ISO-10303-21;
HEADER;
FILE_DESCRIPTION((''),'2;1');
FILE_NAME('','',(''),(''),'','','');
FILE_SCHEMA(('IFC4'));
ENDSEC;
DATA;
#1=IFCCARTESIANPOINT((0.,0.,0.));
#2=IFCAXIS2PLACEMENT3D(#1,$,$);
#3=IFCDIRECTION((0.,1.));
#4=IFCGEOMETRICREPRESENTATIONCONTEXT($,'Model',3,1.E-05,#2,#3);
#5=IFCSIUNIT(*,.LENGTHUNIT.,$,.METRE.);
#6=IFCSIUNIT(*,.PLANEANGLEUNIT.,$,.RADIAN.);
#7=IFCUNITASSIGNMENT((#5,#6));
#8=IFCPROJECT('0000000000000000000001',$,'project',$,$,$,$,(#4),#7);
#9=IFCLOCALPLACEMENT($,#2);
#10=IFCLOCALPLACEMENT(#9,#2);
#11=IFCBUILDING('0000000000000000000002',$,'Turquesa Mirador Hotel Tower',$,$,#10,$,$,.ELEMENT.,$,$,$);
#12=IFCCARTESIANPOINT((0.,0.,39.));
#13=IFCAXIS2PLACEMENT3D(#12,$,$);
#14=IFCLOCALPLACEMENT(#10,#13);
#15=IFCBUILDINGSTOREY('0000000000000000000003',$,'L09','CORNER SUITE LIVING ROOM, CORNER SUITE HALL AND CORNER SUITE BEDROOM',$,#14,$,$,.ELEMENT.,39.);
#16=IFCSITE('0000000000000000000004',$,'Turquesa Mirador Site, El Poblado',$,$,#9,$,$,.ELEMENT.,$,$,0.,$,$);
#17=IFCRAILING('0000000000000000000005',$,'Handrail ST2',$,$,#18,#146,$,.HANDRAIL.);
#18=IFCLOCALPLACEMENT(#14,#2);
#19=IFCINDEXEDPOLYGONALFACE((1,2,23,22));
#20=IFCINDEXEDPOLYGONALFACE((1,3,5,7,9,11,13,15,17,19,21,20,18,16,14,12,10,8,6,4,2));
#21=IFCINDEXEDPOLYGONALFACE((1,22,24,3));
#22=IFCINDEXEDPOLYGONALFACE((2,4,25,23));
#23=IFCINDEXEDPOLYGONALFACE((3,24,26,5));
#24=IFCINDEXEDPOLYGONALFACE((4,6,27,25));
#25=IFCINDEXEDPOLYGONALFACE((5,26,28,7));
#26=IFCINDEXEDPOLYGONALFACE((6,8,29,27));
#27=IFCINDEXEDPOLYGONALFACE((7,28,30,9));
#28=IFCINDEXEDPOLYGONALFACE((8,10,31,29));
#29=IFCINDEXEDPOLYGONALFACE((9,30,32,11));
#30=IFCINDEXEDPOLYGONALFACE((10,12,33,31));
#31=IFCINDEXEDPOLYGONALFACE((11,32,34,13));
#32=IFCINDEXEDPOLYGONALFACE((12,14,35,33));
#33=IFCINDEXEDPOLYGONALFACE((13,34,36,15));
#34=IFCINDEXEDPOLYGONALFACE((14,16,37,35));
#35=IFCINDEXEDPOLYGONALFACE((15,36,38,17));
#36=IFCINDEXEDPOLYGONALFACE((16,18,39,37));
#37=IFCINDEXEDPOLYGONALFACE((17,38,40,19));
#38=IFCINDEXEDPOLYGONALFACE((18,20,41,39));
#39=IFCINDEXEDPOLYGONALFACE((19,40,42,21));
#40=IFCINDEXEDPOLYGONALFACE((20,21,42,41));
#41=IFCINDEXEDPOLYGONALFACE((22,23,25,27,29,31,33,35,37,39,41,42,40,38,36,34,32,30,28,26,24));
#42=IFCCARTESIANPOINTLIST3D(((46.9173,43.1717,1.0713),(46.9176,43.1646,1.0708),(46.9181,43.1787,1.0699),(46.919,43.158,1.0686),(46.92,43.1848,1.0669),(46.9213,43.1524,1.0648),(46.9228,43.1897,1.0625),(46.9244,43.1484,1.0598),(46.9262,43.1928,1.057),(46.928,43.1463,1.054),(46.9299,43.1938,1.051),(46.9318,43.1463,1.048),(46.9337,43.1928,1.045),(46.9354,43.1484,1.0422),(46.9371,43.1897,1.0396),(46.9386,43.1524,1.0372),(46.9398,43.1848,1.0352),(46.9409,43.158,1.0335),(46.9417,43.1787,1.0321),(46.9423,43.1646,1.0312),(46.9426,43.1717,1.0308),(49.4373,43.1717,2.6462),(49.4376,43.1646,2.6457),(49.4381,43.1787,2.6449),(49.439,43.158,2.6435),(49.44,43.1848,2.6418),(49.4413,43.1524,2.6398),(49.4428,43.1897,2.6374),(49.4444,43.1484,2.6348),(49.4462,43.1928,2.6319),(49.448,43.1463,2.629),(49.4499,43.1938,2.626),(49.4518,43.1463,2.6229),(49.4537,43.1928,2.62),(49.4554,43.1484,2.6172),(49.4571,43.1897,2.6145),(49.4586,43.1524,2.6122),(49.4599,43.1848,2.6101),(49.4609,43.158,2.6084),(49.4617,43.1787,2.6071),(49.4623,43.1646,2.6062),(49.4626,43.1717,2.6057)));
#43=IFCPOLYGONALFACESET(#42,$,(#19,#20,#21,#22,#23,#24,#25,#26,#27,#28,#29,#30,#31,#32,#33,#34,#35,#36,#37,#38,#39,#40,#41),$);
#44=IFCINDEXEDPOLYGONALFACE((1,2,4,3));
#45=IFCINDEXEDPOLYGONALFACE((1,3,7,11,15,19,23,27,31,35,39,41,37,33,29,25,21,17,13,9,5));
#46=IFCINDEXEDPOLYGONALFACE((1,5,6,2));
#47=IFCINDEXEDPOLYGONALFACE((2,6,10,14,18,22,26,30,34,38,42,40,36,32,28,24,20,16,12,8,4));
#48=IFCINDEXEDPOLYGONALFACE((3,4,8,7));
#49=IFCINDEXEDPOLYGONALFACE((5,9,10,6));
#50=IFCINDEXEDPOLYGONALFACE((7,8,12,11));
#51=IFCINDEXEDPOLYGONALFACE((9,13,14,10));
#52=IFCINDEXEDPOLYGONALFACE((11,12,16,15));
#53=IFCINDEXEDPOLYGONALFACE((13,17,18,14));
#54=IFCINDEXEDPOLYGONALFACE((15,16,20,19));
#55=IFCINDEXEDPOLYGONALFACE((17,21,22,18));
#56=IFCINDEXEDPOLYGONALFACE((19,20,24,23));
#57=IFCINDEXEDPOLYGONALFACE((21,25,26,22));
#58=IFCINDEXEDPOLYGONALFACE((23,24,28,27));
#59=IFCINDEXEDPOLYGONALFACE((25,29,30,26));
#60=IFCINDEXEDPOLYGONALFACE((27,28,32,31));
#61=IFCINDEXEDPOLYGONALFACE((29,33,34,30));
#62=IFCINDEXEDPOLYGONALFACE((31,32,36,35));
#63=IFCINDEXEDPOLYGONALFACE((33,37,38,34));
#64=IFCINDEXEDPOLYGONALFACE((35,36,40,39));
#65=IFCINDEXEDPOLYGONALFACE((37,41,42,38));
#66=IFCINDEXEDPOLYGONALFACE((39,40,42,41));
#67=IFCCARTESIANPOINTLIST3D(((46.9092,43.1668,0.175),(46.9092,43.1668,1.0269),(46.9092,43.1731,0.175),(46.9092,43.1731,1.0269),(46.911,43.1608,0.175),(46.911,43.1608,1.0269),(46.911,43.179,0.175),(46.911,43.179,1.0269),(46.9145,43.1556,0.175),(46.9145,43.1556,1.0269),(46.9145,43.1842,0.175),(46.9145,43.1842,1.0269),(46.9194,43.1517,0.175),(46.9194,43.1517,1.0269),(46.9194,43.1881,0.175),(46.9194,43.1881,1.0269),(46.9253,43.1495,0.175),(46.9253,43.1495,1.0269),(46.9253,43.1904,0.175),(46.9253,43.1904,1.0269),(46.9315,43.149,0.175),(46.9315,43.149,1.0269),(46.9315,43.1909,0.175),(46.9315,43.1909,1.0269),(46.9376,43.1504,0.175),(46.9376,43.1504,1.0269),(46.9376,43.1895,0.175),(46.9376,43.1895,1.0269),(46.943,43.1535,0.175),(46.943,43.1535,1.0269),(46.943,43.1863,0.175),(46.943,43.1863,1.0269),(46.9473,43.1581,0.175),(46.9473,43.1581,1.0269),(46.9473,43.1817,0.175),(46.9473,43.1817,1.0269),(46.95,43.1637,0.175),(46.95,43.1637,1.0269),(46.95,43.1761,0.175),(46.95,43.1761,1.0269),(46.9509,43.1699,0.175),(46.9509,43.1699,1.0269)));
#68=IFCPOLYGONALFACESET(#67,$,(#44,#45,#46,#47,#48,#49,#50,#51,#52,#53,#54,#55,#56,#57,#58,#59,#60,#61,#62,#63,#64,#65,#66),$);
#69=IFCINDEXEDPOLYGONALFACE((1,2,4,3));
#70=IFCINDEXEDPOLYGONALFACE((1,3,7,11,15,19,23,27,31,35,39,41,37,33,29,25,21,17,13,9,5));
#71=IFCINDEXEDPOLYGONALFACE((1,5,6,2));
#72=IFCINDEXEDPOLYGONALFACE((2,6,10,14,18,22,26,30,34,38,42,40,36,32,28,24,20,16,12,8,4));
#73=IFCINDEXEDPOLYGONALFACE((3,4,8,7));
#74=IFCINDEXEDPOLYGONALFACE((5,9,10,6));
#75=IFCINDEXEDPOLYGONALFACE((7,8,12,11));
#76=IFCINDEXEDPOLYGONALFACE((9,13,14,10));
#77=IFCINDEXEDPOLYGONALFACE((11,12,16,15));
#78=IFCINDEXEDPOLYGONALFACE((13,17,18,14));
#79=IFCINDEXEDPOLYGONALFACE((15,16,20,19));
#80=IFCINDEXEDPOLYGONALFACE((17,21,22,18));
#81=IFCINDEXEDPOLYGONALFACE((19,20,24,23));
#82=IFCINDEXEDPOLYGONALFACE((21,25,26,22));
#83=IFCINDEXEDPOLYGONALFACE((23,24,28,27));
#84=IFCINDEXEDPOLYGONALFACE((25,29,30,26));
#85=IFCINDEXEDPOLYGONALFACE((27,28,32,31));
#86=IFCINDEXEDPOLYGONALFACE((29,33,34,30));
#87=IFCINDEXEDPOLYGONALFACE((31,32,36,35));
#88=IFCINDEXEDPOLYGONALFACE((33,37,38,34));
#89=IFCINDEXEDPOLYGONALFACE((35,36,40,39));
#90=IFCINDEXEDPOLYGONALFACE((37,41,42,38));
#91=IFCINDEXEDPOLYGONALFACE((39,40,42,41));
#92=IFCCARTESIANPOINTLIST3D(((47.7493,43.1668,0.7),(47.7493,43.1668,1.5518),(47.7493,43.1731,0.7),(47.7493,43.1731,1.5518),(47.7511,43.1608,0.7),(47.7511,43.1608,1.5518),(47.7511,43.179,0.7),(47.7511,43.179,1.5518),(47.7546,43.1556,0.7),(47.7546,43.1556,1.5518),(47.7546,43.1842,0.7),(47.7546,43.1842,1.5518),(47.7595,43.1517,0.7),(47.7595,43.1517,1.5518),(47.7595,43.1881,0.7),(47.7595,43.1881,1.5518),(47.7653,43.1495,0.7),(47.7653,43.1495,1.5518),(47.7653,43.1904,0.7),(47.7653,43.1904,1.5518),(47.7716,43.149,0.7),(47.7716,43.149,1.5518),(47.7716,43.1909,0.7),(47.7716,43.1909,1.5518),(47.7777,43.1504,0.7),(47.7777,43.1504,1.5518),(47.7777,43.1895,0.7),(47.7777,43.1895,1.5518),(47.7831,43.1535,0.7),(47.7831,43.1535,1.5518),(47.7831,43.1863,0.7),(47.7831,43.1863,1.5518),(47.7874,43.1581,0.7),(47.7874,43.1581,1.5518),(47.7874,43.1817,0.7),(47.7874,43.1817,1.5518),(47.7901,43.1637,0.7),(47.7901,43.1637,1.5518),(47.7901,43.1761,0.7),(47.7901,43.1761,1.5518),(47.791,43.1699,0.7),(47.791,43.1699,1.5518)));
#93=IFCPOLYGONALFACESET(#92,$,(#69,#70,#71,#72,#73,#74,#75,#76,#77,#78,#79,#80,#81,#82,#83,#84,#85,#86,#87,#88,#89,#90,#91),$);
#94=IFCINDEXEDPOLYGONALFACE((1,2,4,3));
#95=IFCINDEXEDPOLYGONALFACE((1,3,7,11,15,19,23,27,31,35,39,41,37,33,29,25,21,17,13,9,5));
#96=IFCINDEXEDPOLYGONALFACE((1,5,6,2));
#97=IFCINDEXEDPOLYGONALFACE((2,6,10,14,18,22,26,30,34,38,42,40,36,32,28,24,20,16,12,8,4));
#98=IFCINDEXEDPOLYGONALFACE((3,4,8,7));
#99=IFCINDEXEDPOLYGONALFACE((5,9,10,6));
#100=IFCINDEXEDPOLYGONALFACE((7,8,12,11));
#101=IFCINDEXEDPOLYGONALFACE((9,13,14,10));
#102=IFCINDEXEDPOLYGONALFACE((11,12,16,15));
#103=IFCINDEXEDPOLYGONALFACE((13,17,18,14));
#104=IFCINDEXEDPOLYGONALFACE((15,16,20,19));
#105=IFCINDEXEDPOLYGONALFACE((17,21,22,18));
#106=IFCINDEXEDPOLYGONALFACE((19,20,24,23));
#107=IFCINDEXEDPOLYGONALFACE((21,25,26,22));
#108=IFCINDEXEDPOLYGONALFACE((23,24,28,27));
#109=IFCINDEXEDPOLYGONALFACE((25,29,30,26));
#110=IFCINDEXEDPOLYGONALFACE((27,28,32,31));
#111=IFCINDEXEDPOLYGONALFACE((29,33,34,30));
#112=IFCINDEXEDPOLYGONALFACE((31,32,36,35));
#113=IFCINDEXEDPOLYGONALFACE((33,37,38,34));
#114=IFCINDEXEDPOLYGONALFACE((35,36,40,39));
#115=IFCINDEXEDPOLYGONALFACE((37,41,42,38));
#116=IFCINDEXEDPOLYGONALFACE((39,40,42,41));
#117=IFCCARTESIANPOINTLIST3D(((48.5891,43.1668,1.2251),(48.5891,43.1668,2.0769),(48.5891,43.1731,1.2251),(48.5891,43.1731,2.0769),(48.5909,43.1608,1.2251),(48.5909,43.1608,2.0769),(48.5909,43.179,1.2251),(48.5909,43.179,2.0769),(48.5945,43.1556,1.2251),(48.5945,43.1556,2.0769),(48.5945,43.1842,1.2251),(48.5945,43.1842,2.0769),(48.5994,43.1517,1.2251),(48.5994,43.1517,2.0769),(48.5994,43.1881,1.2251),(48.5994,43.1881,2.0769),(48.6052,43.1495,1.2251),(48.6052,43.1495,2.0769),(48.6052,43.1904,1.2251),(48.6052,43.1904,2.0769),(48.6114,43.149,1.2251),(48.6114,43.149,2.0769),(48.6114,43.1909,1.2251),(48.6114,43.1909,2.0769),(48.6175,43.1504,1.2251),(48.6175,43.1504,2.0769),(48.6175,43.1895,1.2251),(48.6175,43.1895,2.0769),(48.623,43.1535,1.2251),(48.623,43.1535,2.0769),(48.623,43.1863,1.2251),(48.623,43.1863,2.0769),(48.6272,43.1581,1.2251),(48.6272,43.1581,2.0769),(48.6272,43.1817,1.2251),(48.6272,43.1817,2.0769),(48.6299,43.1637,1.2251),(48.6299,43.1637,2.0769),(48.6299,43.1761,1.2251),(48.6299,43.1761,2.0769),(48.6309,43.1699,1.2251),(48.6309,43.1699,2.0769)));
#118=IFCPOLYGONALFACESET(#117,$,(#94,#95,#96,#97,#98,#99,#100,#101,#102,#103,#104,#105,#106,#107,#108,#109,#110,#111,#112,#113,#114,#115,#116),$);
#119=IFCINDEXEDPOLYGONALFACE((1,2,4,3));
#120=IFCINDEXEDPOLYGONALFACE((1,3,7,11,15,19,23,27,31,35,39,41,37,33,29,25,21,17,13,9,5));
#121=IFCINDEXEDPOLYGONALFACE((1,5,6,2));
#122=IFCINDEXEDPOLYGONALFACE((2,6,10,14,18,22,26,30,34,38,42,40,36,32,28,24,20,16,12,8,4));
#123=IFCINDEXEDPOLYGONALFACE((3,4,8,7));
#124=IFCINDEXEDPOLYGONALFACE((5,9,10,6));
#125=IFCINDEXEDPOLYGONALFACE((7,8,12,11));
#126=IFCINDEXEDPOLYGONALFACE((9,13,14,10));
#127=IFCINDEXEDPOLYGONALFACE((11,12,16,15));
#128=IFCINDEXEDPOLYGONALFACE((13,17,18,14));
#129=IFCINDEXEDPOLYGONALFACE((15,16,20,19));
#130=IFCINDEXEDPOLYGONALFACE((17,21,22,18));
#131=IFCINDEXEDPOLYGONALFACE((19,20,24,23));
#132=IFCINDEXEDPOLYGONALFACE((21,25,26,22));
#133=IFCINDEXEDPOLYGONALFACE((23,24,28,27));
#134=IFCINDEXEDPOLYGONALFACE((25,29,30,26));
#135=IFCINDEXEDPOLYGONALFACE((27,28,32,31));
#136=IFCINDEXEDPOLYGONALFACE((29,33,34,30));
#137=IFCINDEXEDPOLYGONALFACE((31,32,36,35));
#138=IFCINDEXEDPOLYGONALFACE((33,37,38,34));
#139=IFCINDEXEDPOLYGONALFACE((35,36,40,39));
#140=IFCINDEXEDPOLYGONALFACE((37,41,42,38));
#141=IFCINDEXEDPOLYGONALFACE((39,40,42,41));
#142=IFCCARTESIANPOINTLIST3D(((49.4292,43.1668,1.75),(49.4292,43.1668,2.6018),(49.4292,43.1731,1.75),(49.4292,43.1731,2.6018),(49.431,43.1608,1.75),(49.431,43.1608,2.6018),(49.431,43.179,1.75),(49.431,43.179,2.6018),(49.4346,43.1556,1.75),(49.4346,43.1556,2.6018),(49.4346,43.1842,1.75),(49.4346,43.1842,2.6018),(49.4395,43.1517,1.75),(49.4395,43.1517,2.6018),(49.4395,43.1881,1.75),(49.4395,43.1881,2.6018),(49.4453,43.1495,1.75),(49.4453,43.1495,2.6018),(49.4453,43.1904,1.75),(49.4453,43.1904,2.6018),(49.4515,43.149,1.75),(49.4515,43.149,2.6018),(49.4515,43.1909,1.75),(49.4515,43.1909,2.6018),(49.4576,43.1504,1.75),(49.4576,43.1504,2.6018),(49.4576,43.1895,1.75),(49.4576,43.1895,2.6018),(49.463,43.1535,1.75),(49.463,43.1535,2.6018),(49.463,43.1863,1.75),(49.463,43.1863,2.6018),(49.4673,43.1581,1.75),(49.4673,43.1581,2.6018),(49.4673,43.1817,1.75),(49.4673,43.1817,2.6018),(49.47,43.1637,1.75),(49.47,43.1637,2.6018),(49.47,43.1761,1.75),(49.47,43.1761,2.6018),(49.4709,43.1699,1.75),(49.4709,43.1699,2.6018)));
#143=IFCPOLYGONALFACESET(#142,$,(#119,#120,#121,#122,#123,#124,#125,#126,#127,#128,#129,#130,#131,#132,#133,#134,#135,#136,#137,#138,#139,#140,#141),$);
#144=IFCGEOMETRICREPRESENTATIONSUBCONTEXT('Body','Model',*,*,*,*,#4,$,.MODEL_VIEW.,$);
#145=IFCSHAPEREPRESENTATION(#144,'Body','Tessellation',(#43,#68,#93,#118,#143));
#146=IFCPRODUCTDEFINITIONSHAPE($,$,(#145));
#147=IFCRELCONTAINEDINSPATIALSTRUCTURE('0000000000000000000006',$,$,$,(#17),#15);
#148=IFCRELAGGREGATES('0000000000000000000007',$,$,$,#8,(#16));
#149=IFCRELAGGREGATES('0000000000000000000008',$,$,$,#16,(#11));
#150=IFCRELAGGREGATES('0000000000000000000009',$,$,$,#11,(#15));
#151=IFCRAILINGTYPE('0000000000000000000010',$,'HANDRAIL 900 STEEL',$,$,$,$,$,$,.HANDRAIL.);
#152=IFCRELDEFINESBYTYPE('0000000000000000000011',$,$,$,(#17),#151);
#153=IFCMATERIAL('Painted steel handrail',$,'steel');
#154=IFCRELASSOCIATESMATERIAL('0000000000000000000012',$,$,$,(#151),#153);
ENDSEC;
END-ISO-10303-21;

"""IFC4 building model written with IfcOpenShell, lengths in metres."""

from ifc_helpers import new_model, si_unit, direction, frame, origin, origin_2d, place, context, subcontext, project, spatial, circle, extrude, material, type_object, element, save


model = new_model("IFC4")

# Units and contexts
model_context = context("Model", 3, precision=1e-05, world=origin(), true_north=direction((0.0, 1.0)))
body_context = subcontext(model_context, "Body", "Model", "MODEL_VIEW")
ifc_project = project(units=[si_unit("LENGTHUNIT", "METRE"), si_unit("PLANEANGLEUNIT", "RADIAN")], contexts=[model_context])

# Site, building, storey
site_placement = place(None, origin())
site = spatial("IfcSite", under=ifc_project, at=site_placement, Name="Turquesa Mirador Site, El Poblado", CompositionType="ELEMENT", RefElevation=0.0)
building_placement = place(site_placement, origin())
building = spatial("IfcBuilding", under=site, at=building_placement, Name="Turquesa Mirador Hotel Tower", CompositionType="ELEMENT")
storey_placement = place(building_placement, frame((0.0, 0.0, 39.0)))
storey = spatial("IfcBuildingStorey", under=building, at=storey_placement, Name="L09", Description="CORNER SUITE LIVING ROOM, CORNER SUITE HALL AND CORNER SUITE BEDROOM", CompositionType="ELEMENT", Elevation=39.0)

# Railing
ifc_material_1 = material(Name="Painted steel handrail", Category="steel")
railing_type = type_object("IfcRailingType", Name="HANDRAIL 900 STEEL", PredefinedType="HANDRAIL", material=ifc_material_1)
for number, where, name in (
    (1, (46.9299, 43.1699, 0.175), "Handrail ST2"),
):
    element("IfcRailing", number, at=place(storey_placement, frame(where)), inside=storey, type_object=railing_type, Name=name, PredefinedType="HANDRAIL", context=body_context, shape_type="SweptSolid", body=[
        extrude(circle(Radius=0.0239, at=origin_2d()), frame((0.0, 0.0, 0.876), z_axis=(0.848008, 0.0, 0.529984), x_axis=(0.0, 1.0, 0.0)), (0.0, 0.0, 1.0), 2.9717),
        extrude(circle(Radius=0.021, at=origin_2d()), origin(), (0.0, 0.0, 1.0), 0.8518),
        extrude(circle(Radius=0.021, at=origin_2d()), frame((0.8401, 0.0, 0.5249)), (0.0, 0.0, 1.0), 0.8518),
        extrude(circle(Radius=0.021, at=origin_2d()), frame((1.6799, 0.0, 1.05)), (0.0, 0.0, 1.0), 0.8518),
        extrude(circle(Radius=0.021, at=origin_2d()), frame((2.52, 0.0, 1.575)), (0.0, 0.0, 1.0), 0.8518),
    ])

save(model, "model.ifc")
